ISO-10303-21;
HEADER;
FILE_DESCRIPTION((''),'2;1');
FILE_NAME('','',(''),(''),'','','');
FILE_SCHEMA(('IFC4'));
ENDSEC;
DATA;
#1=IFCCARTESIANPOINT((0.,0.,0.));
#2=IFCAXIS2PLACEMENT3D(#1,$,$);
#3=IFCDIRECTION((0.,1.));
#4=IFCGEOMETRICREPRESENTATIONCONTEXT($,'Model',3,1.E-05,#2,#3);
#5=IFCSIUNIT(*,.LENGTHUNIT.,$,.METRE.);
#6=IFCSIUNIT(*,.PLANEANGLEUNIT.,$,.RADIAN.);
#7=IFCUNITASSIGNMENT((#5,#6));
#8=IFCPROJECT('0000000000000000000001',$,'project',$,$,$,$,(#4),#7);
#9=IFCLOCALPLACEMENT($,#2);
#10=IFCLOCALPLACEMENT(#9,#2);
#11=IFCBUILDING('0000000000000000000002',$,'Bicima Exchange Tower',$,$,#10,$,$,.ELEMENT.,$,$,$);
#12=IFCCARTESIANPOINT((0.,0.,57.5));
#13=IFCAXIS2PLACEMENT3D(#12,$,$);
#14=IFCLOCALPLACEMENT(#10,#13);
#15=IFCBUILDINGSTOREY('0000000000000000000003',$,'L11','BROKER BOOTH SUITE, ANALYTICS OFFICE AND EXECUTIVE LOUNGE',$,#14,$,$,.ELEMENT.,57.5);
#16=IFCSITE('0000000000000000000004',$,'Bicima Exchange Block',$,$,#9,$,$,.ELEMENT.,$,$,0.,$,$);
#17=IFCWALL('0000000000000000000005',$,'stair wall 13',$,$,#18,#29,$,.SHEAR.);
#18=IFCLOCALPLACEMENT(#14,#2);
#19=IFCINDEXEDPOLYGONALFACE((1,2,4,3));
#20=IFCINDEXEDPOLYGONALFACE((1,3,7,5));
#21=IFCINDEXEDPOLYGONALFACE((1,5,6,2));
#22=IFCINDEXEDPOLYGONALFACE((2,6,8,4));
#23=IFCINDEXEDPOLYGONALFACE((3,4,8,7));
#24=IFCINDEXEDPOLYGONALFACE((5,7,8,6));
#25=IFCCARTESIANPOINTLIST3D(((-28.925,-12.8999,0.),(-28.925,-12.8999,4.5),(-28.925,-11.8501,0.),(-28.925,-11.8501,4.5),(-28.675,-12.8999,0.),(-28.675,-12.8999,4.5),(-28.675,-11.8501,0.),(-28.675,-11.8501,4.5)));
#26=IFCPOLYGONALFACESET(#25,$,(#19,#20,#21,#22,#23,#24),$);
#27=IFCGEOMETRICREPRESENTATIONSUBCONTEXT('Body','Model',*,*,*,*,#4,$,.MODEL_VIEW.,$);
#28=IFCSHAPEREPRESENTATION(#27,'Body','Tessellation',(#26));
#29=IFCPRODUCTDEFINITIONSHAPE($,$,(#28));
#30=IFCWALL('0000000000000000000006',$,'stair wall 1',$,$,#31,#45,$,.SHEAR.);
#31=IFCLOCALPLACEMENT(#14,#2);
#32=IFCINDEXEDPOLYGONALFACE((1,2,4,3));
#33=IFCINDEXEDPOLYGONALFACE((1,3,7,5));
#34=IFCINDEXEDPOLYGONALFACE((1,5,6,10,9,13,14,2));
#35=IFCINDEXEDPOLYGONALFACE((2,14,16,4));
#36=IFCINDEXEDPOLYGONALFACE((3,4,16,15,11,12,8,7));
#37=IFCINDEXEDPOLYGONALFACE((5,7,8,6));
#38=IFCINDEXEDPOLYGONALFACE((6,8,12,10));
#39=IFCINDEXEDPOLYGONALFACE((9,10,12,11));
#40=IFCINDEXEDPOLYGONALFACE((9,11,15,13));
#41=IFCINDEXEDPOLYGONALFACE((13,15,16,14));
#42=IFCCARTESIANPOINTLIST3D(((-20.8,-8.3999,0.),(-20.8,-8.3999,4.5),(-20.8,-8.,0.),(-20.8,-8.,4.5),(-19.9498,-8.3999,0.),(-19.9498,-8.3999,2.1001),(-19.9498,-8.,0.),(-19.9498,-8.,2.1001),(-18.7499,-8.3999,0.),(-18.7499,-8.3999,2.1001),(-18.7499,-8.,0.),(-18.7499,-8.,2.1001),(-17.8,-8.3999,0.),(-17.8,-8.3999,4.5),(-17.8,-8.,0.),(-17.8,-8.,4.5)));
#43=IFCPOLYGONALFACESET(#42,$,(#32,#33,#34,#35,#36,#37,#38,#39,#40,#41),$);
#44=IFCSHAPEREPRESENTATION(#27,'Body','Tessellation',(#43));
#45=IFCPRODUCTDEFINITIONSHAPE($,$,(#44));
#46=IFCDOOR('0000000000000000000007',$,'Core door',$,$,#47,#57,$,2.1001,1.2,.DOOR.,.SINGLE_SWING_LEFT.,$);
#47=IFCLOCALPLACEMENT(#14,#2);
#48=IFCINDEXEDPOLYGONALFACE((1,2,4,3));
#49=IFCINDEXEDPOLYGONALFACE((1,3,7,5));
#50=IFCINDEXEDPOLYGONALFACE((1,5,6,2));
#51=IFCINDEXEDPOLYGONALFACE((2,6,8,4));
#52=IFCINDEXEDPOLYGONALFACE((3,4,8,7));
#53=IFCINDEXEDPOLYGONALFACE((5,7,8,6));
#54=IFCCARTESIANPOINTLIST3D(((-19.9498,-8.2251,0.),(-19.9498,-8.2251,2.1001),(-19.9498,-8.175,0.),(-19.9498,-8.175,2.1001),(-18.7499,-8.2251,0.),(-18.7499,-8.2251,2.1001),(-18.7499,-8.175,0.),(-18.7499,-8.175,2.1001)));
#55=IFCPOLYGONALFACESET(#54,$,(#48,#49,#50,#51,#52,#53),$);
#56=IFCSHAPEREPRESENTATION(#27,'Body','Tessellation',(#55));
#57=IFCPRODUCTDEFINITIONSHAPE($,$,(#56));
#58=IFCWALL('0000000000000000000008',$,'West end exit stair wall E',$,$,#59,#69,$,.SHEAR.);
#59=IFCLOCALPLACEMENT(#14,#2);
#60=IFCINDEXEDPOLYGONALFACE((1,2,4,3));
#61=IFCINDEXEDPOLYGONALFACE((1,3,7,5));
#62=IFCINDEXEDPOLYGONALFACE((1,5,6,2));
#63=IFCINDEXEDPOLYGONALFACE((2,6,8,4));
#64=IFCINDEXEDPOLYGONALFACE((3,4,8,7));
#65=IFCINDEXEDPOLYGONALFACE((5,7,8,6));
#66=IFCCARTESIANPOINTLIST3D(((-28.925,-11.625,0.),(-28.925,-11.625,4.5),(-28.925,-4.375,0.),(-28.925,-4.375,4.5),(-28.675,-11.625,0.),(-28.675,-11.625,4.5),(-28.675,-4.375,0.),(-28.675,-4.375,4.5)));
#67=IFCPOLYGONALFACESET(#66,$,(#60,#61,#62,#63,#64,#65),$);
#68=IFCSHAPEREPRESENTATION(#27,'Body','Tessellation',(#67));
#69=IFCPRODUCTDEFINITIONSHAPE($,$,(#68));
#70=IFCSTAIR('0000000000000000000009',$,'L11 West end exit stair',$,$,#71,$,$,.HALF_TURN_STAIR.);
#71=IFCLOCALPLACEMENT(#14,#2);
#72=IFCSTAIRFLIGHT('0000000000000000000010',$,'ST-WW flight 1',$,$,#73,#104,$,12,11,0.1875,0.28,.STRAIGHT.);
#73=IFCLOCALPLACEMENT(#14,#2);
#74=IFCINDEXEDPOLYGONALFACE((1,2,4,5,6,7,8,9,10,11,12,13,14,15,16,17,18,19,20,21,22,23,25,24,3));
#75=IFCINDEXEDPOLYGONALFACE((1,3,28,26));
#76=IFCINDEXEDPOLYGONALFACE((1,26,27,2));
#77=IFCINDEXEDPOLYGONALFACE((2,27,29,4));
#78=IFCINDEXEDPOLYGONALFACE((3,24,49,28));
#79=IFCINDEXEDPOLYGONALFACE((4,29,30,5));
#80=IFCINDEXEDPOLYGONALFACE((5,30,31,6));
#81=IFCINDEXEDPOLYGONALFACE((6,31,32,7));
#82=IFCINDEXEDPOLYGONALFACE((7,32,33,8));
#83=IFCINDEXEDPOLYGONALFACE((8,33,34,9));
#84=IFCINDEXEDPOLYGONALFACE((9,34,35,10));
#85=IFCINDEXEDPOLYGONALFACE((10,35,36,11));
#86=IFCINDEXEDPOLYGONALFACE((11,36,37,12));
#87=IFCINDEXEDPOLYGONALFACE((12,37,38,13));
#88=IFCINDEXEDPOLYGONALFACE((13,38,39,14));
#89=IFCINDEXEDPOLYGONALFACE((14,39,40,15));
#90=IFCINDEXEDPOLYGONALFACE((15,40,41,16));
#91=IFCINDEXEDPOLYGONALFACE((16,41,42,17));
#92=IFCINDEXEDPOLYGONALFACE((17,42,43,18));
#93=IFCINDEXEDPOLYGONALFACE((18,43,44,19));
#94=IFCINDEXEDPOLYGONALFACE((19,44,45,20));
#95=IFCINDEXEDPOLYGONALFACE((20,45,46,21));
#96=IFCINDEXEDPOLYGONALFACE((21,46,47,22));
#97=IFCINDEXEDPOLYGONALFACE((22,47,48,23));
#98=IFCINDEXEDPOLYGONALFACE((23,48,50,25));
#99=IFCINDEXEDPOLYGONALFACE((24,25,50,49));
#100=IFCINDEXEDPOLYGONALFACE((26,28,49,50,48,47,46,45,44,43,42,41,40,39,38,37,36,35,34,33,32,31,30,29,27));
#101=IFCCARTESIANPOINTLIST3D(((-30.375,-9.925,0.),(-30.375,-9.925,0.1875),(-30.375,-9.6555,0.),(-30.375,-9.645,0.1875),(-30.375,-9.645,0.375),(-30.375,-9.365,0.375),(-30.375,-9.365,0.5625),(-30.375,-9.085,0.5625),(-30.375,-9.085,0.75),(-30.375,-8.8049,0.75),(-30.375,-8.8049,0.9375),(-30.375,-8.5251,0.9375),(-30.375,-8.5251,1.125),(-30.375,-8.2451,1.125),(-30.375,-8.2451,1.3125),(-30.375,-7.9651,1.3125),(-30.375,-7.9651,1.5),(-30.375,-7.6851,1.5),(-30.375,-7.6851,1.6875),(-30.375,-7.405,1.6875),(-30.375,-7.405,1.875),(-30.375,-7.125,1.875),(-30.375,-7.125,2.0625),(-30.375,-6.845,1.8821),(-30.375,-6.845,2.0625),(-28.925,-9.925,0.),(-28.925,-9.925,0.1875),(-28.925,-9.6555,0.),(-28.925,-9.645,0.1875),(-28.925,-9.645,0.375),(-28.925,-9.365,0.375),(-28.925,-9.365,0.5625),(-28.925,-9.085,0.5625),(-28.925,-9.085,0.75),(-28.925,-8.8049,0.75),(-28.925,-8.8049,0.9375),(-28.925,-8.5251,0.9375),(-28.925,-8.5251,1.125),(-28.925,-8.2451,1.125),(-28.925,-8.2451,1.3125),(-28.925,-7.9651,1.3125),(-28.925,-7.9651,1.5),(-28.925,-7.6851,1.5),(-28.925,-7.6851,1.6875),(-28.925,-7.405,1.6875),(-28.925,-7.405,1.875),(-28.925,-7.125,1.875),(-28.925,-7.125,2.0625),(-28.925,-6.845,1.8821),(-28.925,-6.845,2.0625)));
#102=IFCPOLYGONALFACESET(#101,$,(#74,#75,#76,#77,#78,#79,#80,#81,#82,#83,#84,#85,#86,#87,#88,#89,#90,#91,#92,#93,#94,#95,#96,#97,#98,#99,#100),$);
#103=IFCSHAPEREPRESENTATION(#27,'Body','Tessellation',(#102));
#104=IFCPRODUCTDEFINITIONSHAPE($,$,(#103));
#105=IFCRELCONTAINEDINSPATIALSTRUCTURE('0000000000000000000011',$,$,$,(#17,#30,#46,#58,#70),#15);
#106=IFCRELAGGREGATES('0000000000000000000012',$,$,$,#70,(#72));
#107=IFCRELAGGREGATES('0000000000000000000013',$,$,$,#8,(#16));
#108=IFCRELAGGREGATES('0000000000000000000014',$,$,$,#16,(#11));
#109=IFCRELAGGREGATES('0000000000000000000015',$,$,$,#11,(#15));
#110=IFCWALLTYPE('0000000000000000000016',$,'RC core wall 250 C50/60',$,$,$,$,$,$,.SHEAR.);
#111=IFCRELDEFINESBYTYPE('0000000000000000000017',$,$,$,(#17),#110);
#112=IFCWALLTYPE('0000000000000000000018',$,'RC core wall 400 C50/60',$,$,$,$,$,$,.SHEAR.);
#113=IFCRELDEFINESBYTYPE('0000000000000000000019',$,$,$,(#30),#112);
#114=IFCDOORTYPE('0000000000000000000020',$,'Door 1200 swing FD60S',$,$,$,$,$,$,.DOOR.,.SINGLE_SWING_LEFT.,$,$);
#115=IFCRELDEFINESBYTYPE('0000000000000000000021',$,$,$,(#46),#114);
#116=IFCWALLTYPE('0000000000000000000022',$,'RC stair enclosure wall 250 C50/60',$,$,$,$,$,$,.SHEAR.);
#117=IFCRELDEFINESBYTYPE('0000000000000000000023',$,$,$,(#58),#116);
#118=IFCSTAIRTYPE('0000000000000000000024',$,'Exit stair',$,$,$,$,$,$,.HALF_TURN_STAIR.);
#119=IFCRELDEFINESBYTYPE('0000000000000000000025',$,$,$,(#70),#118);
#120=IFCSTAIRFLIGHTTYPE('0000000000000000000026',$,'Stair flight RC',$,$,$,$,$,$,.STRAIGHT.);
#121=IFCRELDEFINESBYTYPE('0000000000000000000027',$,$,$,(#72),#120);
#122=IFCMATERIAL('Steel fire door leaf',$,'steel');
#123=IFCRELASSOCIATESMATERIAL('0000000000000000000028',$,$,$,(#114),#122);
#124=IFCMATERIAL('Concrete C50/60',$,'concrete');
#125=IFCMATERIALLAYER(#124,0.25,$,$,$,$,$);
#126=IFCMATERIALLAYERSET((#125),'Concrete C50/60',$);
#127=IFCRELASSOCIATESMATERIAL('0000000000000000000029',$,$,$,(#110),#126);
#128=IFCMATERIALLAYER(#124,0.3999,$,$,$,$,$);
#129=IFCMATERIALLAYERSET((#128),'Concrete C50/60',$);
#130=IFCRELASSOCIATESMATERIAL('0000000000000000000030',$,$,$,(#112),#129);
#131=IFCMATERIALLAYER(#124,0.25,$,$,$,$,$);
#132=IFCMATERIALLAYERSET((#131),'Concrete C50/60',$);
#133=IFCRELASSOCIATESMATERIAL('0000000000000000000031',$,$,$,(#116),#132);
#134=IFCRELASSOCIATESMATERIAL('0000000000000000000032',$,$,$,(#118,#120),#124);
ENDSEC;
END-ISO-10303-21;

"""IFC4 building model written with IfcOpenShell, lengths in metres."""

from ifc_helpers import new_model, si_unit, direction, frame, frame_2d, origin, place, context, subcontext, project, spatial, polyline, rectangle, outline, extrude, material, layer, layer_set, type_object, element, fill, aggregate, save


model = new_model("IFC4")

# Units and contexts
model_context = context("Model", 3, precision=1e-05, world=origin(), true_north=direction((0.0, 1.0)))
body_context = subcontext(model_context, "Body", "Model", "MODEL_VIEW")
ifc_project = project(units=[si_unit("LENGTHUNIT", "METRE"), si_unit("PLANEANGLEUNIT", "RADIAN")], contexts=[model_context])

# Site, building, storey
site_placement = place(None, origin())
site = spatial("IfcSite", under=ifc_project, at=site_placement, Name="Bicima Exchange Block", CompositionType="ELEMENT", RefElevation=0.0)
building_placement = place(site_placement, origin())
building = spatial("IfcBuilding", under=site, at=building_placement, Name="Bicima Exchange Tower", CompositionType="ELEMENT")
storey_placement = place(building_placement, frame((0.0, 0.0, 57.5)))
storey = spatial("IfcBuildingStorey", under=building, at=storey_placement, Name="L11", Description="BROKER BOOTH SUITE, ANALYTICS OFFICE AND EXECUTIVE LOUNGE", CompositionType="ELEMENT", Elevation=57.5)

# Shared definitions
ifc_material_1 = material(Name="Steel fire door leaf", Category="steel")
door_type_1 = type_object("IfcDoorType", Name="Door 1200 swing FD60S", OperationType="SINGLE_SWING_LEFT", PredefinedType="DOOR", material=ifc_material_1)

# Wall
ifc_material_2 = material(Name="Concrete C50/60", Category="concrete")
ifc_layer_1 = layer(ifc_material_2, 0.25)
ifc_layer_set_1 = layer_set([ifc_layer_1], Name="Concrete C50/60")
wall_type_1 = type_object("IfcWallType", Name="RC core wall 250 C50/60", PredefinedType="SHEAR", material=ifc_layer_set_1)
wall_1_placement = place(storey_placement, frame((-28.8, -12.8999, 0.0), z_axis=(0.0, 0.0, 1.0), x_axis=(0.0, 1.0, 0.0)))
element("IfcWall", 1, at=wall_1_placement, inside=storey, type_object=wall_type_1, Name="stair wall 13", PredefinedType="SHEAR", context=body_context, shape_type="SweptSolid", body=[
    extrude(rectangle(XDim=1.0498, YDim=0.25, at=frame_2d((0.5249, 0.0))), origin(), (0.0, 0.0, 1.0), 4.5),
])

# Wall, opening, door
ifc_layer_2 = layer(ifc_material_2, 0.3999)
ifc_layer_set_2 = layer_set([ifc_layer_2], Name="Concrete C50/60")
wall_type_2 = type_object("IfcWallType", Name="RC core wall 400 C50/60", PredefinedType="SHEAR", material=ifc_layer_set_2)
wall_2_placement = place(storey_placement, frame((-20.8, -8.2, 0.0), z_axis=(0.0, 0.0, 1.0), x_axis=(1.0, 0.0, 0.0)))
wall_2 = element("IfcWall", 2, at=wall_2_placement, inside=storey, type_object=wall_type_2, Name="stair wall 1", PredefinedType="SHEAR", context=body_context, shape_type="SweptSolid", body=[
    extrude(rectangle(XDim=3.0, YDim=0.3999, at=frame_2d((1.5, 0.0))), origin(), (0.0, 0.0, 1.0), 4.5),
])
opening_1_placement = place(wall_2_placement, frame((0.8501, 0.0, 0.0)))
opening_1 = element("IfcOpeningElement", 3, at=opening_1_placement, cuts=wall_2, PredefinedType="OPENING", context=body_context, shape_type="SweptSolid", body=[
    extrude(rectangle(XDim=1.2, YDim=2.1001, at=frame_2d((0.6001, 1.05))), frame((0.0, 0.2119, 0.0), z_axis=(0.0, -1.0, 0.0), x_axis=(1.0, 0.0, 0.0)), (0.0, 0.0, 1.0), 0.4238),
])
door_1_placement = place(opening_1_placement, origin())
door_1 = element("IfcDoor", 4, at=door_1_placement, inside=storey, type_object=door_type_1, Name="Core door", OperationType="SINGLE_SWING_LEFT", OverallHeight=2.1001, OverallWidth=1.2, PredefinedType="DOOR", context=body_context, shape_type="SweptSolid", body=[
    extrude(rectangle(XDim=1.2, YDim=2.1001, at=frame_2d((0.6001, 1.05))), frame((0.0, 0.0249, 0.0), z_axis=(0.0, -1.0, 0.0), x_axis=(1.0, 0.0, 0.0)), (0.0, 0.0, 1.0), 0.05),
])
fill(opening_1, door_1)

# Wall
ifc_layer_3 = layer(ifc_material_2, 0.25)
ifc_layer_set_3 = layer_set([ifc_layer_3], Name="Concrete C50/60")
wall_type_3 = type_object("IfcWallType", Name="RC stair enclosure wall 250 C50/60", PredefinedType="SHEAR", material=ifc_layer_set_3)
wall_3_placement = place(storey_placement, frame((-28.8, -11.625, 0.0), z_axis=(0.0, 0.0, 1.0), x_axis=(0.0, 1.0, 0.0)))
element("IfcWall", 5, at=wall_3_placement, inside=storey, type_object=wall_type_3, Name="West end exit stair wall E", PredefinedType="SHEAR", context=body_context, shape_type="SweptSolid", body=[
    extrude(rectangle(XDim=7.25, YDim=0.25, at=frame_2d((3.625, 0.0))), origin(), (0.0, 0.0, 1.0), 4.5),
])

# Stair, stair flight
stair_type = type_object("IfcStairType", Name="Exit stair", PredefinedType="HALF_TURN_STAIR", material=ifc_material_2)
stair_placement = place(storey_placement, origin())
stair = element("IfcStair", 6, at=stair_placement, inside=storey, type_object=stair_type, Name="L11 West end exit stair", PredefinedType="HALF_TURN_STAIR")
stair_flight_type = type_object("IfcStairFlightType", Name="Stair flight RC", PredefinedType="STRAIGHT", material=ifc_material_2)
stair_flight_placement = place(storey_placement, frame((-29.6499, -9.925, 0.0), z_axis=(0.0, 0.0, 1.0), x_axis=(0.0, 1.0, 0.0)))
stair_flight = element("IfcStairFlight", 7, at=stair_flight_placement, type_object=stair_flight_type, Name="ST-WW flight 1", NumberOfRisers=12, NumberOfTreads=11, PredefinedType="STRAIGHT", RiserHeight=0.1875, TreadLength=0.28, context=body_context, shape_type="SweptSolid", body=[
    extrude(outline(polyline([(0.0, 0.0), (0.0, 0.1875), (0.28, 0.1875), (0.28, 0.375), (0.5601, 0.375), (0.5601, 0.5625), (0.8401, 0.5625), (0.8401, 0.75), (1.1201, 0.75), (1.1201, 0.9375), (1.3999, 0.9375), (1.3999, 1.125), (1.6799, 1.125), (1.6799, 1.3125), (1.96, 1.3125), (1.96, 1.5), (2.24, 1.5), (2.24, 1.6875), (2.52, 1.6875), (2.52, 1.875), (2.8, 1.875), (2.8, 2.0625), (3.0801, 2.0625), (3.0801, 2.25), (3.0801, 1.8821), (0.2695, 0.0), (0.0, 0.0)])), frame((0.0, 0.7251, 0.0), z_axis=(0.0, -1.0, 0.0), x_axis=(1.0, 0.0, 0.0)), (0.0, 0.0, 1.0), 1.45),
])
aggregate(stair, [stair_flight])

save(model, "model.ifc")
